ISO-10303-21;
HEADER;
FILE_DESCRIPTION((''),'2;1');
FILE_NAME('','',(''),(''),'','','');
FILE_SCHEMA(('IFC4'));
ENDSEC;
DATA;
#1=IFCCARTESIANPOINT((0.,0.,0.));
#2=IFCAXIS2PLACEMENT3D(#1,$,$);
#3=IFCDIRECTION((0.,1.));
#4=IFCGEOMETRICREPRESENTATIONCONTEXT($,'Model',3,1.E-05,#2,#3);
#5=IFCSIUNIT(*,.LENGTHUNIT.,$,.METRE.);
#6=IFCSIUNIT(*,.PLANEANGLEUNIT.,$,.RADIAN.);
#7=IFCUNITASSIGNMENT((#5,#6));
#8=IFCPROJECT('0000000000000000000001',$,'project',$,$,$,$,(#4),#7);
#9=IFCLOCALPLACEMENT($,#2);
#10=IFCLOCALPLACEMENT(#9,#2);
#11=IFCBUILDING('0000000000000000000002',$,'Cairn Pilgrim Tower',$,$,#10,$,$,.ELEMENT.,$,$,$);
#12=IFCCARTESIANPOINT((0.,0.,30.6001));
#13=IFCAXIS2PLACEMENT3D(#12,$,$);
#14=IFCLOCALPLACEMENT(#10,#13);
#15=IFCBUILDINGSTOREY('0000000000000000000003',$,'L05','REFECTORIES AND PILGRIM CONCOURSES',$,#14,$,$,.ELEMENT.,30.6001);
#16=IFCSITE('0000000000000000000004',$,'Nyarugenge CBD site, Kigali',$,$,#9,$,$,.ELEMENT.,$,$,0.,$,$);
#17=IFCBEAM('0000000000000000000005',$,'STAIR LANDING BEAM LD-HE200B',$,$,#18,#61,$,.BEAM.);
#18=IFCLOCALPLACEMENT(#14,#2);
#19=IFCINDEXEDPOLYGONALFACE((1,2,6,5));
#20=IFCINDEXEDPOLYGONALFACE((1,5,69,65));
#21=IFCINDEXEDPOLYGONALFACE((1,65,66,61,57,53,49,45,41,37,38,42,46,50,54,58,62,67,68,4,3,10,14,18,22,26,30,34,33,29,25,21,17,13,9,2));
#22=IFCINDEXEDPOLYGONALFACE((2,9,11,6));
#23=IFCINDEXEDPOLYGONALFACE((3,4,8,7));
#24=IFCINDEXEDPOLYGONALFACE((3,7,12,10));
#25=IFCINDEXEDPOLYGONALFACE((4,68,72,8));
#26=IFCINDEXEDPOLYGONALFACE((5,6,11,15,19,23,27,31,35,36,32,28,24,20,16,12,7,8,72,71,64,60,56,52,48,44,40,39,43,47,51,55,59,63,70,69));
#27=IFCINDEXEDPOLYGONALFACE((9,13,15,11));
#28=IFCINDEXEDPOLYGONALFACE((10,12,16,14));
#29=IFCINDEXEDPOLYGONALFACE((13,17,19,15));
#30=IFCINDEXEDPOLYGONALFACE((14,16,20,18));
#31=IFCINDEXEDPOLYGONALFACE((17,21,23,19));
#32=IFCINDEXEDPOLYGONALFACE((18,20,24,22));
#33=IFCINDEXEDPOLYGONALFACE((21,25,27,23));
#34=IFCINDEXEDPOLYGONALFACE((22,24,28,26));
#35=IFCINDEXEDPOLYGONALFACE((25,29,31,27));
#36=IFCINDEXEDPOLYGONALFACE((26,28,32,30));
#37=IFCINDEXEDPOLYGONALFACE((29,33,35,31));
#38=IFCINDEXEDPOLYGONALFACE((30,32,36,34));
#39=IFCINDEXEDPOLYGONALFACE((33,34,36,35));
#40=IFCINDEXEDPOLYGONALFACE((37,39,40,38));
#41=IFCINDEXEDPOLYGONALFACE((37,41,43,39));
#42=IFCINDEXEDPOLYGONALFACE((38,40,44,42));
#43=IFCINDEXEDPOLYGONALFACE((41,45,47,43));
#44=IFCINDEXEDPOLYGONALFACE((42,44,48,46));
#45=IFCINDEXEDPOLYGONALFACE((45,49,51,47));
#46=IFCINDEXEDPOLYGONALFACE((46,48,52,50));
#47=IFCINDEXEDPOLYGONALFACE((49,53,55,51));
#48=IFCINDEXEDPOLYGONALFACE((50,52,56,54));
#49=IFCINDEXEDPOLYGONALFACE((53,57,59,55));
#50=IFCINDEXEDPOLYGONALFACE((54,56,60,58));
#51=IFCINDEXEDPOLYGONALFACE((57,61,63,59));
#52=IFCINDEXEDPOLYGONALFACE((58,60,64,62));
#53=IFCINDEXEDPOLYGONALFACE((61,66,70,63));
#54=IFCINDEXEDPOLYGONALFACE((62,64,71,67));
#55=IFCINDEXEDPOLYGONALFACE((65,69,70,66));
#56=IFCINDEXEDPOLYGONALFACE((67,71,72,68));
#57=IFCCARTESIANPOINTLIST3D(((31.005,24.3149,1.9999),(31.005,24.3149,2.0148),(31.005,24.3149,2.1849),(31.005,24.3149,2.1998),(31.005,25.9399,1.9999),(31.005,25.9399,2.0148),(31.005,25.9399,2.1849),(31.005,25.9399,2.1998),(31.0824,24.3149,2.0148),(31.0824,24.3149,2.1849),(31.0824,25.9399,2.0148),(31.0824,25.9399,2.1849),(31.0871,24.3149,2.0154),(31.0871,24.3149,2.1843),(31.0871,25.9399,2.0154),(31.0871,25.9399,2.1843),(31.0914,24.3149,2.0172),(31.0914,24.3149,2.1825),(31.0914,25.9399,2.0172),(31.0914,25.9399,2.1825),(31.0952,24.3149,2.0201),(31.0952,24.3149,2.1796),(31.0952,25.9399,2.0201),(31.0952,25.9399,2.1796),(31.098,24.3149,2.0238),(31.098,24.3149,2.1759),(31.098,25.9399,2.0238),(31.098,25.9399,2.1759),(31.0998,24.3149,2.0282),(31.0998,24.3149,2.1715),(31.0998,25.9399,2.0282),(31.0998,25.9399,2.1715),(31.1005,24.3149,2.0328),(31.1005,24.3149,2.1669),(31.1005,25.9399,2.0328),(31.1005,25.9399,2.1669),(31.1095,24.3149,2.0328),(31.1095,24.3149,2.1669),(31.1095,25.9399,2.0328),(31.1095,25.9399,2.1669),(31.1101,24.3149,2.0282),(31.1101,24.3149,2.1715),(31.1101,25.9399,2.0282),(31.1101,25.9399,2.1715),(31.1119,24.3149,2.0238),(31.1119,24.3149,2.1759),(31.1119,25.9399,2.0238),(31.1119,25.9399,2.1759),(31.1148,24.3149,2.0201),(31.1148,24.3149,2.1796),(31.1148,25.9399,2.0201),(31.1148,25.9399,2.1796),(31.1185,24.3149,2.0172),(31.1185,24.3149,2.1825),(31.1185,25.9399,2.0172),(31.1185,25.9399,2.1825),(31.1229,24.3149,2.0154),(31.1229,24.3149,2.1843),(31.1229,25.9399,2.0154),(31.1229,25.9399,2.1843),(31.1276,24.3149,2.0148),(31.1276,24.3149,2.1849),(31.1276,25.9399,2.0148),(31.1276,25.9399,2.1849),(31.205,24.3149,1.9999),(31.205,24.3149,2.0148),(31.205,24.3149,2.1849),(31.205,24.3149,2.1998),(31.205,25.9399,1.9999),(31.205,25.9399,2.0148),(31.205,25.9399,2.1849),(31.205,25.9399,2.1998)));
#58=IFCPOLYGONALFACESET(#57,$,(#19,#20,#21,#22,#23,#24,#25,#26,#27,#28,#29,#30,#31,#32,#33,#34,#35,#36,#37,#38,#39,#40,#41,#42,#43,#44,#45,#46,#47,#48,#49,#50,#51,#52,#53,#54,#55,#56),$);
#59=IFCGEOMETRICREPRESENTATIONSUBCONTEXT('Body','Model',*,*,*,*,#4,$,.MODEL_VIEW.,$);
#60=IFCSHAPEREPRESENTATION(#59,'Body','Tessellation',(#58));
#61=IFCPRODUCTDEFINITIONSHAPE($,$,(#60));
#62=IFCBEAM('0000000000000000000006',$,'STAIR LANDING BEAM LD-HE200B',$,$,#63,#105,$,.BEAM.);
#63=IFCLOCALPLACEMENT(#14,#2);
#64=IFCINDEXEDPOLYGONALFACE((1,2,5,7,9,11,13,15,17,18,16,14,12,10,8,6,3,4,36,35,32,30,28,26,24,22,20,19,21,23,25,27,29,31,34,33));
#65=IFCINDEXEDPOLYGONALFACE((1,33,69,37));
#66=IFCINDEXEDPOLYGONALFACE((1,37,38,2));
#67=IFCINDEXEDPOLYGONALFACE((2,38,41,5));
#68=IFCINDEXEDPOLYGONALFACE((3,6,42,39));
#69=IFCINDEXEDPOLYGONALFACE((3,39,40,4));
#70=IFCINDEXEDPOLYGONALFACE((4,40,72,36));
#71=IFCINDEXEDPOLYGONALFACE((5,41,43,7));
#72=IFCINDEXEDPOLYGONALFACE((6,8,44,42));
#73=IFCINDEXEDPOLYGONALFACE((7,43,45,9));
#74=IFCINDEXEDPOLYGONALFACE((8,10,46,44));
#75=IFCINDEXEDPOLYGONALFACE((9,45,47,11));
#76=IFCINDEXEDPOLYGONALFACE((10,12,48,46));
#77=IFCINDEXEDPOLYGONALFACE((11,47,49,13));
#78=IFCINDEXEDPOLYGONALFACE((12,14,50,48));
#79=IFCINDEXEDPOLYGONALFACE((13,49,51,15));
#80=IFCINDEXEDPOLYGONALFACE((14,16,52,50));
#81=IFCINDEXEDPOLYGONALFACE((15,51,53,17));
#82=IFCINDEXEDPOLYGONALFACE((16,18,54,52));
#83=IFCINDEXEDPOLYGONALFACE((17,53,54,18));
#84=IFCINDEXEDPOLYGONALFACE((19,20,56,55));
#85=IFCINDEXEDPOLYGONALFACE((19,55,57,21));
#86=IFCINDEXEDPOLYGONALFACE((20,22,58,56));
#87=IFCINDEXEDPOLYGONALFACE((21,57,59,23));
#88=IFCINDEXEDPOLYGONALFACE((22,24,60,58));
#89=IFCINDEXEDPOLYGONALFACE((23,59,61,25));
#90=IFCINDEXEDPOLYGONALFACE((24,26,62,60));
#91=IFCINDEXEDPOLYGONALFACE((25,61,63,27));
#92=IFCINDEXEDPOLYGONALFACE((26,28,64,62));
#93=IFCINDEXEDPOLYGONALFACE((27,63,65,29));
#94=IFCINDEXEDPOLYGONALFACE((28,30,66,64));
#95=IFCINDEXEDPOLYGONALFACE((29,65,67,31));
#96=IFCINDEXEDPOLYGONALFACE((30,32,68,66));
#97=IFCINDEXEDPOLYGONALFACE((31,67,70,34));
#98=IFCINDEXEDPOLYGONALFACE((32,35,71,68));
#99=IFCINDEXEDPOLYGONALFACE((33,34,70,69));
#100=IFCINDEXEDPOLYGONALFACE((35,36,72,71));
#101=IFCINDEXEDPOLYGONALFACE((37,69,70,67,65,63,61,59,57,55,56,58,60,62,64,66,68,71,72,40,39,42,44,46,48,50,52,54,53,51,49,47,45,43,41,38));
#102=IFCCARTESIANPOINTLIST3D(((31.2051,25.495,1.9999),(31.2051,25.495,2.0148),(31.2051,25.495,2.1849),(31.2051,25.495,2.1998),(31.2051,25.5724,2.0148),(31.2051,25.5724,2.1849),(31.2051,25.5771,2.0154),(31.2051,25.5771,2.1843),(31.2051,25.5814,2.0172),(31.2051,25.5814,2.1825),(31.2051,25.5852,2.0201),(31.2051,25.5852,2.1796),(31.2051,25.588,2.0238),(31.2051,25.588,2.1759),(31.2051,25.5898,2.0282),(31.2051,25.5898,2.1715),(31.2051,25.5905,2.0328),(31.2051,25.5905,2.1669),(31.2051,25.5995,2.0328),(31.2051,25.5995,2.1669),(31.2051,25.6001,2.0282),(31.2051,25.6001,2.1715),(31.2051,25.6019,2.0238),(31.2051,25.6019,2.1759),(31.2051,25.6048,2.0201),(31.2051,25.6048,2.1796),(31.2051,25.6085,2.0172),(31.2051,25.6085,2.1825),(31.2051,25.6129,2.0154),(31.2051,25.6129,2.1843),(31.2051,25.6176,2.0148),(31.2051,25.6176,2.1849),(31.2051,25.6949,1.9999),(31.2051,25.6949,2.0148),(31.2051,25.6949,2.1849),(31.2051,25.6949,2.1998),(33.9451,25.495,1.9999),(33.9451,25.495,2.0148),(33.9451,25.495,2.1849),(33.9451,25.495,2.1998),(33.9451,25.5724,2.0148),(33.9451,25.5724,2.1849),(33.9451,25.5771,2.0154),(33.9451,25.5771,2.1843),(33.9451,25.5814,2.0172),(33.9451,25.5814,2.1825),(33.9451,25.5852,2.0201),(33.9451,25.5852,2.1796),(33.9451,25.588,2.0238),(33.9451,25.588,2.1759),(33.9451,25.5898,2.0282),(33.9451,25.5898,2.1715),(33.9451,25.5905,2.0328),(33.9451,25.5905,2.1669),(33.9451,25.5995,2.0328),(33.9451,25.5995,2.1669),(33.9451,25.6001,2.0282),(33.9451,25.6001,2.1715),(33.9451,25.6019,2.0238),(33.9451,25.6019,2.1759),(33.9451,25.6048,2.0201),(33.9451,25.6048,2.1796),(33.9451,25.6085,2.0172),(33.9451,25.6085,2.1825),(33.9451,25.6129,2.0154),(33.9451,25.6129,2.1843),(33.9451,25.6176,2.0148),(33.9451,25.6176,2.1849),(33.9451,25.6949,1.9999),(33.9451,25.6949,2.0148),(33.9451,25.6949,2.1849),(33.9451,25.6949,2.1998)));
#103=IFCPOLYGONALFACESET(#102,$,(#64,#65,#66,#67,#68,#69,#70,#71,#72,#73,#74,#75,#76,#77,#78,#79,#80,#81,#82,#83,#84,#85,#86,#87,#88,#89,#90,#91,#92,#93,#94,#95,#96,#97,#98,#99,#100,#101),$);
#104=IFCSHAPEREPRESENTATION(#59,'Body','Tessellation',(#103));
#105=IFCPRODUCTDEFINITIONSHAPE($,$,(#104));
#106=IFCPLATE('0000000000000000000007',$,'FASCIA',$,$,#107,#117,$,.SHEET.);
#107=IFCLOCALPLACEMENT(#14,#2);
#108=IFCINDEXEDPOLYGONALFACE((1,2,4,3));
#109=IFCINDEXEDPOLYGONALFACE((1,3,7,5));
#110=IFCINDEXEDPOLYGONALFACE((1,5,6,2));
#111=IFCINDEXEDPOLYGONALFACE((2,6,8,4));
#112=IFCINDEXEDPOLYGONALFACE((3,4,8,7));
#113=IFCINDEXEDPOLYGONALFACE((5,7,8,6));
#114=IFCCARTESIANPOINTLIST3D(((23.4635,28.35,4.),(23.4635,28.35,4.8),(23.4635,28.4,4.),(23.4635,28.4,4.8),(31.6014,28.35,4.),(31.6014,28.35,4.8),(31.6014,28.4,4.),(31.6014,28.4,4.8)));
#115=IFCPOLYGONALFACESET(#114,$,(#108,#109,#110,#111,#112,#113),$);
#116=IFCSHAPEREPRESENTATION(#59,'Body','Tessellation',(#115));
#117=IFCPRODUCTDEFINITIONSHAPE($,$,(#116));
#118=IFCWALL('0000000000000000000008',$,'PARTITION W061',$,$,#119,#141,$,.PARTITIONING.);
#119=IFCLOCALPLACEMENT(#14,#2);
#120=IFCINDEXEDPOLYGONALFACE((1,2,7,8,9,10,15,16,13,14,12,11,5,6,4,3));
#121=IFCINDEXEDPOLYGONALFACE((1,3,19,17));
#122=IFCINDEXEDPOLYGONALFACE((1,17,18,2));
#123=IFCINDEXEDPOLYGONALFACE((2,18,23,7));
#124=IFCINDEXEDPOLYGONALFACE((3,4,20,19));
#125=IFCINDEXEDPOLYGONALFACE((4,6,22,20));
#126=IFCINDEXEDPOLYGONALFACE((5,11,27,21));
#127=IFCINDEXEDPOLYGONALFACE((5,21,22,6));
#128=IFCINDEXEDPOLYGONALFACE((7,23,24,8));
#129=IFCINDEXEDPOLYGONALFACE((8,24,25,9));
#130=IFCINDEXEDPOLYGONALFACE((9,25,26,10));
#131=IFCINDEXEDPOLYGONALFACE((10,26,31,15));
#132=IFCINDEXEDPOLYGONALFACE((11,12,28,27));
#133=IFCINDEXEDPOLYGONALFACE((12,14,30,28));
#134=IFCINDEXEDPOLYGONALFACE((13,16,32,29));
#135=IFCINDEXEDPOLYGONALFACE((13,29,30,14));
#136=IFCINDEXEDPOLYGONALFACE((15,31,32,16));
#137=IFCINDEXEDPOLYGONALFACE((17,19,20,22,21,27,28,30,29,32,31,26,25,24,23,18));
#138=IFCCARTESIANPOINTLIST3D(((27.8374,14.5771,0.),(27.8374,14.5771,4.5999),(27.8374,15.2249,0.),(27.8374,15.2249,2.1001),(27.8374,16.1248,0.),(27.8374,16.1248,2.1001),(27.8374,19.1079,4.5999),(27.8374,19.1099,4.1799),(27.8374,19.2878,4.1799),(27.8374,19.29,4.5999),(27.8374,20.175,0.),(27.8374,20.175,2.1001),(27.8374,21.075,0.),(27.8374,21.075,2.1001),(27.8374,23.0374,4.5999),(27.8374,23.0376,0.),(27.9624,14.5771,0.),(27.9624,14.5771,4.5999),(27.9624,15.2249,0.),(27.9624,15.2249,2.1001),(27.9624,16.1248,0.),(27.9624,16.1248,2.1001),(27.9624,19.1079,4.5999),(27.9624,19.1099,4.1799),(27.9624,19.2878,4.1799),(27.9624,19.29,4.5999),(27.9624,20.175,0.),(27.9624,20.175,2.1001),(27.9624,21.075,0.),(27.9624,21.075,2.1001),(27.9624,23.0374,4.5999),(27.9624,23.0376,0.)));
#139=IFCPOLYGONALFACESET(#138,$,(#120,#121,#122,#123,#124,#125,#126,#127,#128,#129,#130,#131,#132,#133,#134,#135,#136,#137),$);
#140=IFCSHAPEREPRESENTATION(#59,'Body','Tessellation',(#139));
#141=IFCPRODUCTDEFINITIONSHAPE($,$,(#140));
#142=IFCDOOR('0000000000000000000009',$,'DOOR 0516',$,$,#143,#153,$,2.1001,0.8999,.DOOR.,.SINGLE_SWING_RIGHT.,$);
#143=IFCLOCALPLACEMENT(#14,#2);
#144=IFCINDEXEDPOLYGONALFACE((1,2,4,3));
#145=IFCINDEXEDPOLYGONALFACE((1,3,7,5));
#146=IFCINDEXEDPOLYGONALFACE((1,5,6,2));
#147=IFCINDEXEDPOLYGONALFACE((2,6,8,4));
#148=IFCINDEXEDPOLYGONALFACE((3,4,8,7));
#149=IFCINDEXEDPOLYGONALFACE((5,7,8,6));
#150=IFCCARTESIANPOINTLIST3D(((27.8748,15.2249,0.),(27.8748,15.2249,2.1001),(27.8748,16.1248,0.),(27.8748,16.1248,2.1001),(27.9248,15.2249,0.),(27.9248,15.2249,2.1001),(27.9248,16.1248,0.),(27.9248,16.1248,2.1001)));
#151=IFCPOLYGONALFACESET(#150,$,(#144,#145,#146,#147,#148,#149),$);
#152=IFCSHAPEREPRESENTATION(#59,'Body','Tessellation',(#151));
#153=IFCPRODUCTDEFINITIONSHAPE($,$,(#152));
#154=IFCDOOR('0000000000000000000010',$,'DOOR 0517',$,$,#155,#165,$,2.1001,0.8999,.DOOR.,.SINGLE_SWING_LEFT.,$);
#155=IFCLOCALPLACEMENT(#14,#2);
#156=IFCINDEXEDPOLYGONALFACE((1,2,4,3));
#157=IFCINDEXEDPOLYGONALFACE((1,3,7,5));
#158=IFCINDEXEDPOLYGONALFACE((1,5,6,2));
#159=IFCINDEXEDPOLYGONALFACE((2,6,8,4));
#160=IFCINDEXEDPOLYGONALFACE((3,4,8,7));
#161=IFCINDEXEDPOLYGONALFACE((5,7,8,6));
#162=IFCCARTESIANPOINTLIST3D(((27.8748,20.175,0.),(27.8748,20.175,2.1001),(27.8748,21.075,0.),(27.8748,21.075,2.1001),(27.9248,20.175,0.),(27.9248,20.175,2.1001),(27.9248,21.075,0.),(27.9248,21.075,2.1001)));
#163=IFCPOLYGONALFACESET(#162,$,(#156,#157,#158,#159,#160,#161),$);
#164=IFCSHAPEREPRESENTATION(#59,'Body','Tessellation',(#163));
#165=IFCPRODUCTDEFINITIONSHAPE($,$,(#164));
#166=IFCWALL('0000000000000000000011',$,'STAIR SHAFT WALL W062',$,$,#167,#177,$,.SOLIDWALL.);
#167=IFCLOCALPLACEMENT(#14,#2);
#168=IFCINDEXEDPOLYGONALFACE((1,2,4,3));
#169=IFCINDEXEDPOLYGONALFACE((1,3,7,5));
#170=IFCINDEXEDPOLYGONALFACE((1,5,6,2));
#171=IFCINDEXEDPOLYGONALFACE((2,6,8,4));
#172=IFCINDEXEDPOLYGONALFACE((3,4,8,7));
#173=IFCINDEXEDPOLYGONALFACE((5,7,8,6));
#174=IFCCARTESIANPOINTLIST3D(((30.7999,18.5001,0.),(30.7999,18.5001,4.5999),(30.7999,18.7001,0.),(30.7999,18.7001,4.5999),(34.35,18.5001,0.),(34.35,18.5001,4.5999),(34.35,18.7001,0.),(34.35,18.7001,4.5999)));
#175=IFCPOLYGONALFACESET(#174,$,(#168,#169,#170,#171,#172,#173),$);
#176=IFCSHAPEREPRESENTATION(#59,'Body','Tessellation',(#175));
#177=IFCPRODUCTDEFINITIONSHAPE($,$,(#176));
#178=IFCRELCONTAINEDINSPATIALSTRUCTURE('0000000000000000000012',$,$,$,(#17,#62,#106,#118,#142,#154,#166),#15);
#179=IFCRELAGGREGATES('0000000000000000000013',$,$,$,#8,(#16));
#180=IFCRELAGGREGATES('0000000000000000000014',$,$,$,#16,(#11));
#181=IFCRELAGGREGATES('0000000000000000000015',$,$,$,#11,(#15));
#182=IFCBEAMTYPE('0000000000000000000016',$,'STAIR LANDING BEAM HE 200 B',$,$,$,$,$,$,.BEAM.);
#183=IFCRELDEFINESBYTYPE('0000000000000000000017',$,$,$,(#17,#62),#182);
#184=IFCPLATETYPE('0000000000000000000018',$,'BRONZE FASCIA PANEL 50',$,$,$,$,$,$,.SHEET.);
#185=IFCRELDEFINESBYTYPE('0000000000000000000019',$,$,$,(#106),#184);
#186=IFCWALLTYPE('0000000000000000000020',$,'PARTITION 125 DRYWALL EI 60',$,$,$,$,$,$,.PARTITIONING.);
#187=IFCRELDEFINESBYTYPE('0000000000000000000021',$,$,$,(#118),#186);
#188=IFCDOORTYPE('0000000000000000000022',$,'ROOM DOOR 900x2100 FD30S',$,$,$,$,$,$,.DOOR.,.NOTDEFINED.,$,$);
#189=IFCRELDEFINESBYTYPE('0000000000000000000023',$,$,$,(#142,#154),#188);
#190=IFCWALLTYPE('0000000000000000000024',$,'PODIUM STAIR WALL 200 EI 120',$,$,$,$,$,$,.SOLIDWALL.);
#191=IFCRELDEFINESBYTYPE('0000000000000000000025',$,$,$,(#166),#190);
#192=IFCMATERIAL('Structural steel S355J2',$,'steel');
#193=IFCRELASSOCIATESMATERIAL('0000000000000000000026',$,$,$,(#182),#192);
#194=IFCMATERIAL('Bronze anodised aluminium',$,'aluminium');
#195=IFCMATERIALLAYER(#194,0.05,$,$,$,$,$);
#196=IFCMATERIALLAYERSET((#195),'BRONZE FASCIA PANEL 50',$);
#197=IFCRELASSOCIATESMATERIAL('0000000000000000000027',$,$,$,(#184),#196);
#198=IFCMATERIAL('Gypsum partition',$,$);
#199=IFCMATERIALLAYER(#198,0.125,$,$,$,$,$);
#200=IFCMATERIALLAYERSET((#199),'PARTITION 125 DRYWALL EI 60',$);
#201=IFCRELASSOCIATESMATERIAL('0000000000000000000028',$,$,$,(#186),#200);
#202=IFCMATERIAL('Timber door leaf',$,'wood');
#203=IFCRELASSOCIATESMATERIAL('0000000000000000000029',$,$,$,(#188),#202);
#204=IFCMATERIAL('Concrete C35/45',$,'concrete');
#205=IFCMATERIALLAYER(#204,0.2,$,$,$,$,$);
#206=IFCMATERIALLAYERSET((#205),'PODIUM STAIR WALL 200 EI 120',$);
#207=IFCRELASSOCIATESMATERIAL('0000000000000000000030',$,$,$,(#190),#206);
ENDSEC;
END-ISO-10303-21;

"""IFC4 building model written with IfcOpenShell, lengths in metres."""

from ifc_helpers import new_model, si_unit, direction, frame, frame_2d, origin, origin_2d, place, context, subcontext, project, spatial, polyline, rectangle, i_section, outline, extrude, material, layer, layer_set, material_profile, profile_set, type_object, element, fill, save


model = new_model("IFC4")

# Units and contexts
model_context = context("Model", 3, precision=1e-05, world=origin(), true_north=direction((0.0, 1.0)))
body_context = subcontext(model_context, "Body", "Model", "MODEL_VIEW")
ifc_project = project(units=[si_unit("LENGTHUNIT", "METRE"), si_unit("PLANEANGLEUNIT", "RADIAN")], contexts=[model_context])

# Site, building, storey
site_placement = place(None, origin())
site = spatial("IfcSite", under=ifc_project, at=site_placement, Name="Nyarugenge CBD site, Kigali", CompositionType="ELEMENT", RefElevation=0.0)
building_placement = place(site_placement, origin())
building = spatial("IfcBuilding", under=site, at=building_placement, Name="Cairn Pilgrim Tower", CompositionType="ELEMENT")
storey_placement = place(building_placement, frame((0.0, 0.0, 30.6001)))
storey = spatial("IfcBuildingStorey", under=building, at=storey_placement, Name="L05", Description="REFECTORIES AND PILGRIM CONCOURSES", CompositionType="ELEMENT", Elevation=30.6001)

# Shared definitions
ifc_material_1 = material(Name="Structural steel S355J2", Category="steel")

# Beams
ifc_material_profile_1 = material_profile(ifc_material_1, i_section(OverallWidth=0.2, OverallDepth=0.2, WebThickness=0.009, FlangeThickness=0.0149, FilletRadius=0.0181, at=origin_2d()), Name="HE 200 B")
ifc_profile_set_1 = profile_set([ifc_material_profile_1], Name="Structural steel S355J2")
beam_type_1 = type_object("IfcBeamType", Name="STAIR LANDING BEAM HE 200 B", PredefinedType="BEAM", material=ifc_profile_set_1)
beam_1_placement = place(storey_placement, frame((31.105, 25.9399, 2.0999), z_axis=(0.0, -1.0, 0.0), x_axis=(1.0, 0.0, 0.0)))
element("IfcBeam", 1, at=beam_1_placement, inside=storey, type_object=beam_type_1, Name="STAIR LANDING BEAM LD-HE200B", PredefinedType="BEAM", context=body_context, shape_type="SweptSolid", body=[
    extrude(i_section(OverallWidth=0.2, OverallDepth=0.2, WebThickness=0.009, FlangeThickness=0.0149, FilletRadius=0.0181, at=origin_2d()), origin(), (0.0, 0.0, 1.0), 1.625),
])
beam_2_placement = place(storey_placement, frame((31.2051, 25.595, 2.0999), z_axis=(1.0, 0.0, 0.0), x_axis=(0.0, 1.0, 0.0)))
element("IfcBeam", 2, at=beam_2_placement, inside=storey, type_object=beam_type_1, Name="STAIR LANDING BEAM LD-HE200B", PredefinedType="BEAM", context=body_context, shape_type="SweptSolid", body=[
    extrude(i_section(OverallWidth=0.2, OverallDepth=0.2, WebThickness=0.009, FlangeThickness=0.0149, FilletRadius=0.0181, at=origin_2d()), origin(), (0.0, 0.0, 1.0), 2.74),
])

# Plate
ifc_material_2 = material(Name="Bronze anodised aluminium", Category="aluminium")
ifc_layer_1 = layer(ifc_material_2, 0.05)
ifc_layer_set_1 = layer_set([ifc_layer_1], Name="BRONZE FASCIA PANEL 50")
plate_type = type_object("IfcPlateType", Name="BRONZE FASCIA PANEL 50", PredefinedType="SHEET", material=ifc_layer_set_1)
plate_placement = place(storey_placement, frame((27.5325, 28.375, 4.0), z_axis=(0.0, 0.0, 1.0), x_axis=(-1.0, 0.0, 0.0)))
element("IfcPlate", 3, at=plate_placement, inside=storey, type_object=plate_type, Name="FASCIA", PredefinedType="SHEET", context=body_context, shape_type="SweptSolid", body=[
    extrude(rectangle(XDim=8.1379, YDim=0.05, at=origin_2d()), origin(), (0.0, 0.0, 1.0), 0.8),
])

# Wall, openings, doors
ifc_material_3 = material(Name="Gypsum partition")
ifc_layer_2 = layer(ifc_material_3, 0.125)
ifc_layer_set_2 = layer_set([ifc_layer_2], Name="PARTITION 125 DRYWALL EI 60")
wall_type_1 = type_object("IfcWallType", Name="PARTITION 125 DRYWALL EI 60", PredefinedType="PARTITIONING", material=ifc_layer_set_2)
wall_1_placement = place(storey_placement, frame((27.8999, 14.5771, 0.0), z_axis=(0.0, 0.0, 1.0), x_axis=(0.0, 1.0, 0.0)))
wall_1 = element("IfcWall", 4, at=wall_1_placement, inside=storey, type_object=wall_type_1, Name="PARTITION W061", PredefinedType="PARTITIONING", context=body_context, shape_type="SweptSolid", body=[
    extrude(outline(polyline([(0.0, 0.0), (8.4604, 0.0), (8.4602, 4.5999), (4.7129, 4.5999), (4.7107, 4.1799), (4.5327, 4.1799), (4.5308, 4.5999), (0.0, 4.5999), (0.0, 0.0)])), frame((0.0, 0.0625, 0.0), z_axis=(0.0, -1.0, 0.0), x_axis=(1.0, 0.0, 0.0)), (0.0, 0.0, 1.0), 0.125),
])
opening_1_placement = place(wall_1_placement, frame((0.6477, 0.0, 0.0)))
opening_1 = element("IfcOpeningElement", 5, at=opening_1_placement, cuts=wall_1, PredefinedType="OPENING", context=body_context, shape_type="SweptSolid", body=[
    extrude(rectangle(XDim=0.8999, YDim=2.1001, at=frame_2d((0.45, 1.05))), frame((0.0, 0.0725, 0.0), z_axis=(0.0, -1.0, 0.0), x_axis=(1.0, 0.0, 0.0)), (0.0, 0.0, 1.0), 0.145),
])
opening_2_placement = place(wall_1_placement, frame((5.5979, 0.0, 0.0)))
opening_2 = element("IfcOpeningElement", 6, at=opening_2_placement, cuts=wall_1, PredefinedType="OPENING", context=body_context, shape_type="SweptSolid", body=[
    extrude(rectangle(XDim=0.8999, YDim=2.1001, at=frame_2d((0.45, 1.05))), frame((0.0, 0.0725, 0.0), z_axis=(0.0, -1.0, 0.0), x_axis=(1.0, 0.0, 0.0)), (0.0, 0.0, 1.0), 0.145),
])
ifc_material_4 = material(Name="Timber door leaf", Category="wood")
door_type_1 = type_object("IfcDoorType", Name="ROOM DOOR 900x2100 FD30S", OperationType="NOTDEFINED", PredefinedType="DOOR", material=ifc_material_4)
door_1_placement = place(opening_1_placement, frame((0.8999, 0.0, 0.0), z_axis=(0.0, 0.0, 1.0), x_axis=(-1.0, 0.0, 0.0)))
door_1 = element("IfcDoor", 7, at=door_1_placement, inside=storey, type_object=door_type_1, Name="DOOR 0516", OperationType="SINGLE_SWING_RIGHT", OverallHeight=2.1001, OverallWidth=0.8999, PredefinedType="DOOR", context=body_context, shape_type="SweptSolid", body=[
    extrude(rectangle(XDim=0.8999, YDim=2.1001, at=frame_2d((0.45, 1.05))), frame((0.0, 0.0249, 0.0), z_axis=(0.0, -1.0, 0.0), x_axis=(1.0, 0.0, 0.0)), (0.0, 0.0, 1.0), 0.05),
])
fill(opening_1, door_1)
door_2_placement = place(opening_2_placement, frame((0.8999, 0.0, 0.0), z_axis=(0.0, 0.0, 1.0), x_axis=(-1.0, 0.0, 0.0)))
door_2 = element("IfcDoor", 8, at=door_2_placement, inside=storey, type_object=door_type_1, Name="DOOR 0517", OperationType="SINGLE_SWING_LEFT", OverallHeight=2.1001, OverallWidth=0.8999, PredefinedType="DOOR", context=body_context, shape_type="SweptSolid", body=[
    extrude(rectangle(XDim=0.8999, YDim=2.1001, at=frame_2d((0.45, 1.05))), frame((0.0, 0.0249, 0.0), z_axis=(0.0, -1.0, 0.0), x_axis=(1.0, 0.0, 0.0)), (0.0, 0.0, 1.0), 0.05),
])
fill(opening_2, door_2)

# Wall
ifc_material_5 = material(Name="Concrete C35/45", Category="concrete")
ifc_layer_3 = layer(ifc_material_5, 0.2)
ifc_layer_set_3 = layer_set([ifc_layer_3], Name="PODIUM STAIR WALL 200 EI 120")
wall_type_2 = type_object("IfcWallType", Name="PODIUM STAIR WALL 200 EI 120", PredefinedType="SOLIDWALL", material=ifc_layer_set_3)
wall_2_placement = place(storey_placement, frame((30.8, 18.6001, 0.0), z_axis=(0.0, 0.0, 1.0), x_axis=(1.0, 0.0, 0.0)))
element("IfcWall", 9, at=wall_2_placement, inside=storey, type_object=wall_type_2, Name="STAIR SHAFT WALL W062", PredefinedType="SOLIDWALL", context=body_context, shape_type="SweptSolid", body=[
    extrude(rectangle(XDim=3.55, YDim=0.2, at=frame_2d((1.7749, 0.0))), origin(), (0.0, 0.0, 1.0), 4.5999),
])

save(model, "model.ifc")
